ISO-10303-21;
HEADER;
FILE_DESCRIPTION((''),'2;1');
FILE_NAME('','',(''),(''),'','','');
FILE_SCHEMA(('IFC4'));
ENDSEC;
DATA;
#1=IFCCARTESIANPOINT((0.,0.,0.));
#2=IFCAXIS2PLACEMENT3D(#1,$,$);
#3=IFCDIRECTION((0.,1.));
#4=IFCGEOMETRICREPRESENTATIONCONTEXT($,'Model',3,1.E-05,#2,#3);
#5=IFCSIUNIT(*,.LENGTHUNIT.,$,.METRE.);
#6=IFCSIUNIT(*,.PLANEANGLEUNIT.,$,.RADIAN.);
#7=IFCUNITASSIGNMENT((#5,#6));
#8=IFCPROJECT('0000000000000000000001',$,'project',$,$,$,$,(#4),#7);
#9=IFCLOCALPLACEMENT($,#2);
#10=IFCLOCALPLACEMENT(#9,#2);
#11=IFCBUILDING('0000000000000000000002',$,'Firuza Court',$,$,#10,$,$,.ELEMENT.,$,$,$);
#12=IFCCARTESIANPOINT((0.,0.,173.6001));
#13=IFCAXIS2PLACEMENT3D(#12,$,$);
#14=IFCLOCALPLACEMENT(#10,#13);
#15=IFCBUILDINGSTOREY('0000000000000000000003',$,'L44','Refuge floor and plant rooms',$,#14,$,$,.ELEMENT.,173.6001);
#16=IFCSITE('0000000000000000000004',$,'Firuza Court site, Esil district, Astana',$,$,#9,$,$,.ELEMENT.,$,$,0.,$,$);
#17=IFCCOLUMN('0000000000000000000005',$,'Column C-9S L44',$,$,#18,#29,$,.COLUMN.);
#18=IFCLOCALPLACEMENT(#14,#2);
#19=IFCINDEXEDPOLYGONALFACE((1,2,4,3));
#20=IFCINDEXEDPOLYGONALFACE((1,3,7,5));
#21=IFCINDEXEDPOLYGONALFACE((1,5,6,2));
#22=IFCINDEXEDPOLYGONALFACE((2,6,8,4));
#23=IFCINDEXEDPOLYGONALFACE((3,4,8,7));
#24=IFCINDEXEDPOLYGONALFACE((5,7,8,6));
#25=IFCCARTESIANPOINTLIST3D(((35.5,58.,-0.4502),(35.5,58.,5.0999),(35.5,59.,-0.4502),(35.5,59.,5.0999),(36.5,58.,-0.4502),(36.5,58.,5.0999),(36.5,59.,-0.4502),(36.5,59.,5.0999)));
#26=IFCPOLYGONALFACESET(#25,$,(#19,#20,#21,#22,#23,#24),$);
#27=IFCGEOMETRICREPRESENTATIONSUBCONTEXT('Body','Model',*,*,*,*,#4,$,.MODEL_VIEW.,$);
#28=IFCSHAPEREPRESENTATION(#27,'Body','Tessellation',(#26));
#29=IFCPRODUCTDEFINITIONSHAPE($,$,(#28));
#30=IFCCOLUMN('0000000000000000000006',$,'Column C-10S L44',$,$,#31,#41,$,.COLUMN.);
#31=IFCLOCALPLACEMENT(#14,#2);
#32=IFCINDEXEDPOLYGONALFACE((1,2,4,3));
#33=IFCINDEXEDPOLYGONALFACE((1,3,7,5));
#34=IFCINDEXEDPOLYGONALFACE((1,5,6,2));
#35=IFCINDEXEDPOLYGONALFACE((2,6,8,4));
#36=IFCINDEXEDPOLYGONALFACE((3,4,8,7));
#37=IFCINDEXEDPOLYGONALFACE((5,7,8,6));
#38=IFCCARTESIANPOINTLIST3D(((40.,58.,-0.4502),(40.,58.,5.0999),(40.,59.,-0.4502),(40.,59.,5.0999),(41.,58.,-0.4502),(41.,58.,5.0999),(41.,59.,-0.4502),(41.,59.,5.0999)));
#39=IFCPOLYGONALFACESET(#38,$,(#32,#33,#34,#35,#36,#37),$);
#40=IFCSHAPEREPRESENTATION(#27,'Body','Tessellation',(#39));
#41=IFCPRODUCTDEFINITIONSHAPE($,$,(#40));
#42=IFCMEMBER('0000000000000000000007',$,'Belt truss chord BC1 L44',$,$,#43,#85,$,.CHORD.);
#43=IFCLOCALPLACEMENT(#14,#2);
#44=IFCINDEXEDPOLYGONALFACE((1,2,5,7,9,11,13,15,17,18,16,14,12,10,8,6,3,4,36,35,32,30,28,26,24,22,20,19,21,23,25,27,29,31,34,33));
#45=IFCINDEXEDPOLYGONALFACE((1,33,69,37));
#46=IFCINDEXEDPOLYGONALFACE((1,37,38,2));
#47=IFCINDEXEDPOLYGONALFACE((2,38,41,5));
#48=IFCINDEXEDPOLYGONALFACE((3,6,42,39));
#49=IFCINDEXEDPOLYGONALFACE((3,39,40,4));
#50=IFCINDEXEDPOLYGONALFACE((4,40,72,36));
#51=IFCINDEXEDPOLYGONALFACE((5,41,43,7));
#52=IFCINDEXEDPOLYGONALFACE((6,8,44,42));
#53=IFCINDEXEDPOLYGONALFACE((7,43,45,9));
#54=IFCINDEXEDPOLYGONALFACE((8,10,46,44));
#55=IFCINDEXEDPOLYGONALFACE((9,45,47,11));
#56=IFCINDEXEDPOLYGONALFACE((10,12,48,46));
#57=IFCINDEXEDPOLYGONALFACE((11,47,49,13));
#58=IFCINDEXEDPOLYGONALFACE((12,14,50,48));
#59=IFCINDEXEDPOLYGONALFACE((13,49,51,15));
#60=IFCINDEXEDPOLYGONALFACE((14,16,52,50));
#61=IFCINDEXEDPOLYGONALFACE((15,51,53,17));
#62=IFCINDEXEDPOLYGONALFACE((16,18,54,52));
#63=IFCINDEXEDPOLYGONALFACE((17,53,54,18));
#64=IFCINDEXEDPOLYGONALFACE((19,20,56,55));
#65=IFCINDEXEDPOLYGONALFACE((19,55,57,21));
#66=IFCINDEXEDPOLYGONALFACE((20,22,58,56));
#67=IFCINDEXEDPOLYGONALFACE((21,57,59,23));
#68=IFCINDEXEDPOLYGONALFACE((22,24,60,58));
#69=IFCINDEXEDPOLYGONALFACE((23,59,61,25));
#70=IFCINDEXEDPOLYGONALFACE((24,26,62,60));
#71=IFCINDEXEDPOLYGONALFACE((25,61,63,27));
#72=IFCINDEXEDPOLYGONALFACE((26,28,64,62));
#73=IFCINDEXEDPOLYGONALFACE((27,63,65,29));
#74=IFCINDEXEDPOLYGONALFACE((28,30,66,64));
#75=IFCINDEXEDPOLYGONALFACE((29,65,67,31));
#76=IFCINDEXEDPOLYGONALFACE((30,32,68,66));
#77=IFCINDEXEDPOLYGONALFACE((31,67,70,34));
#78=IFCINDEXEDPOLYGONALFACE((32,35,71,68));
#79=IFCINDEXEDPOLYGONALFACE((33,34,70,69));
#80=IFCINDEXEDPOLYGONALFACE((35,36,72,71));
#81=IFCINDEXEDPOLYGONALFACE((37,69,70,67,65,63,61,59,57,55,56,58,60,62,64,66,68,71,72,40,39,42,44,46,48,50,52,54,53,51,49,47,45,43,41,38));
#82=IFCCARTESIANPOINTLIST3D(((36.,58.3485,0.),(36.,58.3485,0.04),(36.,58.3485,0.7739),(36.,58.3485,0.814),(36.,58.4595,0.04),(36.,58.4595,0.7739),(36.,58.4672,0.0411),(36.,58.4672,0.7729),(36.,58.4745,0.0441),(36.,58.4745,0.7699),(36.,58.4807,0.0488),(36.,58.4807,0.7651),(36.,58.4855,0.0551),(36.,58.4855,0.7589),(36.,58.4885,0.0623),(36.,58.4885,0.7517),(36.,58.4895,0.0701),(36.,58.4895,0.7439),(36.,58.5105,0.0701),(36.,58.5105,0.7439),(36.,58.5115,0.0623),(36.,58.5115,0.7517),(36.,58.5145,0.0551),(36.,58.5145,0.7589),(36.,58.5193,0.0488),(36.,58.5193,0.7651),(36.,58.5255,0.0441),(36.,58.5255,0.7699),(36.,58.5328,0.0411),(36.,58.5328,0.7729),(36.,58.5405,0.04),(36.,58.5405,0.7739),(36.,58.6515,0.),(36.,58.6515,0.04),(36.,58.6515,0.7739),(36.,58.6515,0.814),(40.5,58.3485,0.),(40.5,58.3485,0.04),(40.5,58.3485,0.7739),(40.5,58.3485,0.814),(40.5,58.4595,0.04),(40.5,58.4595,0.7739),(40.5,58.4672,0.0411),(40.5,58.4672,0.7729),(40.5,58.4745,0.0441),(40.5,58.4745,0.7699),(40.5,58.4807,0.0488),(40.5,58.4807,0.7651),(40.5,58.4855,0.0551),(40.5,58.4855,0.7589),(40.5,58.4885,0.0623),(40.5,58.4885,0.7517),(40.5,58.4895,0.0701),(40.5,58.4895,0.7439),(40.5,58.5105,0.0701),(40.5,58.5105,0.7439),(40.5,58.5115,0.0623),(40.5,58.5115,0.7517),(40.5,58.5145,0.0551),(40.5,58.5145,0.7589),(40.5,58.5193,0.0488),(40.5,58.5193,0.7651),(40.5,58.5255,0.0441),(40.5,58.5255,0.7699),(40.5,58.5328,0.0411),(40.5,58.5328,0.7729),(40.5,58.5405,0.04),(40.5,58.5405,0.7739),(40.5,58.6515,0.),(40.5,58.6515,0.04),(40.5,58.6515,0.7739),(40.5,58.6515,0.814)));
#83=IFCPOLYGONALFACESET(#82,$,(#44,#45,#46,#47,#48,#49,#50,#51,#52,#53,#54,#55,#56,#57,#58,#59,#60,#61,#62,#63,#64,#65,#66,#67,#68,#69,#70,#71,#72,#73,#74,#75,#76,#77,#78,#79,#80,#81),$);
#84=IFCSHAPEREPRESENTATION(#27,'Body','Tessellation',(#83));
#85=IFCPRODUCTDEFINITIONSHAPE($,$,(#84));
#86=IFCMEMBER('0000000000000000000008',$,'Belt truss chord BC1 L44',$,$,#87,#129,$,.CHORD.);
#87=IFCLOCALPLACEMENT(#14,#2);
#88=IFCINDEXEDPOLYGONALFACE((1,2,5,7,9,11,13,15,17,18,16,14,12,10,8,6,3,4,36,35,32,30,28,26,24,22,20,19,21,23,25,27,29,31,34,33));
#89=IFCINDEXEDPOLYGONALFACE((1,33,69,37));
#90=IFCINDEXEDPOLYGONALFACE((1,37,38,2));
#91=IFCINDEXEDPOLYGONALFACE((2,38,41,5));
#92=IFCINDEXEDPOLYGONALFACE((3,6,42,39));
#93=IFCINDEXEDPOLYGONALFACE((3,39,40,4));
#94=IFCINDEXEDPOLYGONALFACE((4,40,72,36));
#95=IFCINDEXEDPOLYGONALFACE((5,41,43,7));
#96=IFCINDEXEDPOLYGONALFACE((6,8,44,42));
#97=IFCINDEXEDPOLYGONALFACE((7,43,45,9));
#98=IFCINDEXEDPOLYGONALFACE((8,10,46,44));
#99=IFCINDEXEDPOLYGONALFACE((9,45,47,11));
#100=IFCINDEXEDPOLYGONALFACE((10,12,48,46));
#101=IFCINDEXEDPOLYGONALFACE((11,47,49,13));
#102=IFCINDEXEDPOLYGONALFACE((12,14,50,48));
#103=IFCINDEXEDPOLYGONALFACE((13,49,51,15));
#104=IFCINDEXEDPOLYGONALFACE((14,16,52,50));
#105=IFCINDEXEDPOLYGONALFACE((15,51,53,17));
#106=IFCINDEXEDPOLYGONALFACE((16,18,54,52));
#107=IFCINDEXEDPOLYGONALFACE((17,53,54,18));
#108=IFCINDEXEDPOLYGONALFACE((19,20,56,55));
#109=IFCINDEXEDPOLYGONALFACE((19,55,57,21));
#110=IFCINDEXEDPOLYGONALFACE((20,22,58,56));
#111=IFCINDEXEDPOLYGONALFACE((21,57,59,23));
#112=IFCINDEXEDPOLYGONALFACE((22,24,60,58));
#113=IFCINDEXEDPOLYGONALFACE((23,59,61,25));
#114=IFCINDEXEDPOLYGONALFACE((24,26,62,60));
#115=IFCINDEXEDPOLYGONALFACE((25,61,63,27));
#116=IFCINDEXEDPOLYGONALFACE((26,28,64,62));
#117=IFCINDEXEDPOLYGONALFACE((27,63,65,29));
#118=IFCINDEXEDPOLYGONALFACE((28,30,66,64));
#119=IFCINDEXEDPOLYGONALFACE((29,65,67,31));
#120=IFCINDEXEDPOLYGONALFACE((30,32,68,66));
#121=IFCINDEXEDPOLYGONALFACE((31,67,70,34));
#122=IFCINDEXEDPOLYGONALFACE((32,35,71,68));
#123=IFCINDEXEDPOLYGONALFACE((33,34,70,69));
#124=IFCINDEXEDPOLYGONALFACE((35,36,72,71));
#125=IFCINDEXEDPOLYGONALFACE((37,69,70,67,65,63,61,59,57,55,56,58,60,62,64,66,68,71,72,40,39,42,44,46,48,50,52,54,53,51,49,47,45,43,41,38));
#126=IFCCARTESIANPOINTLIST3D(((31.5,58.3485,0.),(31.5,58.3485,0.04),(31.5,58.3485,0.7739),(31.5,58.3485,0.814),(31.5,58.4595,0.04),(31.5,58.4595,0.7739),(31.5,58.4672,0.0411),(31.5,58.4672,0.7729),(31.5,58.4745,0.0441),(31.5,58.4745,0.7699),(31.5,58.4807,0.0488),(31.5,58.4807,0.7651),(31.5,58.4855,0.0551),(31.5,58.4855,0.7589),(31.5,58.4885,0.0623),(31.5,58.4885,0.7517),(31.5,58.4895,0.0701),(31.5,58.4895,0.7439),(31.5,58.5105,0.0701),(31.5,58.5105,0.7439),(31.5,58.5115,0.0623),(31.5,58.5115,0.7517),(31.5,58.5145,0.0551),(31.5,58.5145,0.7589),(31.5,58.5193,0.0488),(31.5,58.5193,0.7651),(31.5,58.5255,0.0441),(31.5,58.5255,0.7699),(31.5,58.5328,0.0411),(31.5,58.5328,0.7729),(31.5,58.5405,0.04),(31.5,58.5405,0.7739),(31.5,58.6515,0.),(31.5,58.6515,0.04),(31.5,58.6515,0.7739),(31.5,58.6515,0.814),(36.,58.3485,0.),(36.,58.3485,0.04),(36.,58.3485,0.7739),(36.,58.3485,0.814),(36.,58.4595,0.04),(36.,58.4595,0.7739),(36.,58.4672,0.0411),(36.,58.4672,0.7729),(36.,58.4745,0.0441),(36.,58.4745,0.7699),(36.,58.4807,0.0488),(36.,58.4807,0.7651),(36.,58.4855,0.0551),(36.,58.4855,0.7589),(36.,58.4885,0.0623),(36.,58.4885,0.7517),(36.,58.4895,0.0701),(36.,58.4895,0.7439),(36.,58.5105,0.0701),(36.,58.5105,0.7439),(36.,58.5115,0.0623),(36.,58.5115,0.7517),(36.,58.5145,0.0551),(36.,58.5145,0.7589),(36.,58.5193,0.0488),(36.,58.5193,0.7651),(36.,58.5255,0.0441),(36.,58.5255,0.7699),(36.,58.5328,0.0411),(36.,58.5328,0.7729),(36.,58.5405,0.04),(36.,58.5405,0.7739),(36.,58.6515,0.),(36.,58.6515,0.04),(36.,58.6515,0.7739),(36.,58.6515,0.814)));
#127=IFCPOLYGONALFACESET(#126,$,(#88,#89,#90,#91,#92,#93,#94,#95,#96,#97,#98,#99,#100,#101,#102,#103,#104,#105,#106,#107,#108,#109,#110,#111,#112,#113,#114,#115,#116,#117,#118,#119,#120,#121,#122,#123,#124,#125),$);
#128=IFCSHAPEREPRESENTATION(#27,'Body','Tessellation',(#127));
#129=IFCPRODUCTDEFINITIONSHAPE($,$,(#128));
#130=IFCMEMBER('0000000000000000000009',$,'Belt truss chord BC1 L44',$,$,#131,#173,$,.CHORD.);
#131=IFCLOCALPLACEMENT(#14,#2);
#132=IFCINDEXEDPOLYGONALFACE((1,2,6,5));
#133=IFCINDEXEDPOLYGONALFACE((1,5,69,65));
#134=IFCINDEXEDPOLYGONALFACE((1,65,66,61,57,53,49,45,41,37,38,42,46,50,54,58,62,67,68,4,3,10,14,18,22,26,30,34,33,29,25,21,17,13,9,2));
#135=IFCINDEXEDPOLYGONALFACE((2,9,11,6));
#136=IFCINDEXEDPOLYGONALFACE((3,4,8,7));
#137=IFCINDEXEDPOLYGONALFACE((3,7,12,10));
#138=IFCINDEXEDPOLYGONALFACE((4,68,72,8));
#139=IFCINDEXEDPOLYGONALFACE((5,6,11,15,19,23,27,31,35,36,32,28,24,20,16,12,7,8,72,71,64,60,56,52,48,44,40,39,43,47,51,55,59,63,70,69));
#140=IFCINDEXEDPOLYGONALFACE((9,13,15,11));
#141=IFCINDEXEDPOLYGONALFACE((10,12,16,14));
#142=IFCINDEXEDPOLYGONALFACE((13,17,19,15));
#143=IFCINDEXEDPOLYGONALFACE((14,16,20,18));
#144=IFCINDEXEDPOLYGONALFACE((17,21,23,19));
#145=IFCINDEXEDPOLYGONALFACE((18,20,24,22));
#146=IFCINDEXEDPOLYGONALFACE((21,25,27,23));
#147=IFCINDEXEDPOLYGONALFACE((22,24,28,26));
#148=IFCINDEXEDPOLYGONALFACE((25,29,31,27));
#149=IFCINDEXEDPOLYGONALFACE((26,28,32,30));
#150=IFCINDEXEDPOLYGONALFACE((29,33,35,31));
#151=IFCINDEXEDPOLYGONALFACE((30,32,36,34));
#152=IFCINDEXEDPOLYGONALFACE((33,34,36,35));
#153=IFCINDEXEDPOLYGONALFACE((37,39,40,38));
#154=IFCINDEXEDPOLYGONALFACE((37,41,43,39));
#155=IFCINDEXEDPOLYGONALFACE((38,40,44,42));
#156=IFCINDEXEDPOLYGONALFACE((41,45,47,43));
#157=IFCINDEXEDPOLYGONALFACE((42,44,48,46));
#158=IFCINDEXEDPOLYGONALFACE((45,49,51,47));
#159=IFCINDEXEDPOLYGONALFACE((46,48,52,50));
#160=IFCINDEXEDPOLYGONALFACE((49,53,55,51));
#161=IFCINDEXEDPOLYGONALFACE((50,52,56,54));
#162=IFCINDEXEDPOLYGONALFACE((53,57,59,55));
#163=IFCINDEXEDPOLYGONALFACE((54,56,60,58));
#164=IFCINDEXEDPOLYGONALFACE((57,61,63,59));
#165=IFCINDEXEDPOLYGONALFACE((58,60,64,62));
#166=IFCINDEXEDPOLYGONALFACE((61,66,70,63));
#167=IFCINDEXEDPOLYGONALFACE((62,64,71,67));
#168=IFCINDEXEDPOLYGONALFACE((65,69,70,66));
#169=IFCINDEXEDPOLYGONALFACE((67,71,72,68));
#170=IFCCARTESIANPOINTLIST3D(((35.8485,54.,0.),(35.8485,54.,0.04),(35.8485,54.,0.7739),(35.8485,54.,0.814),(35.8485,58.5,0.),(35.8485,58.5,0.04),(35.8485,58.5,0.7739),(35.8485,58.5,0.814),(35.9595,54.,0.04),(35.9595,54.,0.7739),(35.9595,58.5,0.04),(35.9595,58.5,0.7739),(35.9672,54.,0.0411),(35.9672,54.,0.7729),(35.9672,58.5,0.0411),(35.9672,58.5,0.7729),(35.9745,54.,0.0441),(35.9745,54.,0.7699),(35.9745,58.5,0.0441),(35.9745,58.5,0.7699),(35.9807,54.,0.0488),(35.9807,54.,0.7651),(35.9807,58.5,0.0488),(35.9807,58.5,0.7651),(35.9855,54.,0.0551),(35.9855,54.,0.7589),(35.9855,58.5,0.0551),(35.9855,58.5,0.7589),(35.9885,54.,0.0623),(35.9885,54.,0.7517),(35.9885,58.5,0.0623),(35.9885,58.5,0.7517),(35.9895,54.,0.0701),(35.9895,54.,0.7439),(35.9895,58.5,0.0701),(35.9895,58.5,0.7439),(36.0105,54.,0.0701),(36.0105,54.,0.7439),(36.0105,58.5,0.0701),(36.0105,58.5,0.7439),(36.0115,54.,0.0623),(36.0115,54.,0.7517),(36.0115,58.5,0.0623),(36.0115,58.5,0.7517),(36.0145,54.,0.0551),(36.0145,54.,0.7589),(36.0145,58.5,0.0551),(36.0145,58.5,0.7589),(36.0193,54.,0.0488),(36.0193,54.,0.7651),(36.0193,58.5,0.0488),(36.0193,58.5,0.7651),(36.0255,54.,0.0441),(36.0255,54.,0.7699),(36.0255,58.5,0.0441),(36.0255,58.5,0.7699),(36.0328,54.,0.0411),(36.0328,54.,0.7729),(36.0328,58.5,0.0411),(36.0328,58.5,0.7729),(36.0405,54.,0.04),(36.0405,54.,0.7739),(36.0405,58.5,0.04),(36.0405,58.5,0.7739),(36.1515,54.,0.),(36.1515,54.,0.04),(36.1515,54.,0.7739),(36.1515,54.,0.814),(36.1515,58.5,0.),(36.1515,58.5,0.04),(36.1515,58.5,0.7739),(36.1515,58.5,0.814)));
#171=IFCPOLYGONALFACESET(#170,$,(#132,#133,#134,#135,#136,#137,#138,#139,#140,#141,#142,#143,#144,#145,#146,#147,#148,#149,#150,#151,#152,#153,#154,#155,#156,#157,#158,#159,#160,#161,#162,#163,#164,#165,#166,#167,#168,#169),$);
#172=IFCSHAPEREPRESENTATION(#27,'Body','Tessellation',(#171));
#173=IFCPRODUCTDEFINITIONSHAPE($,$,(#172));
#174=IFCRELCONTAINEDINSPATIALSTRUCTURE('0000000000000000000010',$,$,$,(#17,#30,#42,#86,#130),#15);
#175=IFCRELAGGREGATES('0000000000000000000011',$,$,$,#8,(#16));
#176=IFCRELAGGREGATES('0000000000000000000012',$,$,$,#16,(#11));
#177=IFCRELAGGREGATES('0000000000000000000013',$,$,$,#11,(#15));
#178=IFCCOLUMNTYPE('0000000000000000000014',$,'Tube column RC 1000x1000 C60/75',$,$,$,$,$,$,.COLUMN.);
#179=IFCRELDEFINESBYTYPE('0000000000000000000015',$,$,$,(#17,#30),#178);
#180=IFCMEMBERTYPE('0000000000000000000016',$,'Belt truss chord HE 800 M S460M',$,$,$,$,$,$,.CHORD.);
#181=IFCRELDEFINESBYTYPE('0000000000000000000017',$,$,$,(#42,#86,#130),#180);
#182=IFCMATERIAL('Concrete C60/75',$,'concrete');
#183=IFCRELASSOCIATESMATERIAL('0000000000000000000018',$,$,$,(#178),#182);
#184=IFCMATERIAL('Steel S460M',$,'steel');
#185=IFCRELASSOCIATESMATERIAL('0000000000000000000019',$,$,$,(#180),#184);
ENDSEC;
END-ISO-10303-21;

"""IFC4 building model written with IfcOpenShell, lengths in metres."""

from ifc_helpers import new_model, si_unit, direction, frame, origin, origin_2d, place, context, subcontext, project, spatial, rectangle, i_section, extrude, material, material_profile, profile_set, type_object, element, save


model = new_model("IFC4")

# Units and contexts
model_context = context("Model", 3, precision=1e-05, world=origin(), true_north=direction((0.0, 1.0)))
body_context = subcontext(model_context, "Body", "Model", "MODEL_VIEW")
ifc_project = project(units=[si_unit("LENGTHUNIT", "METRE"), si_unit("PLANEANGLEUNIT", "RADIAN")], contexts=[model_context])

# Site, building, storey
site_placement = place(None, origin())
site = spatial("IfcSite", under=ifc_project, at=site_placement, Name="Firuza Court site, Esil district, Astana", CompositionType="ELEMENT", RefElevation=0.0)
building_placement = place(site_placement, origin())
building = spatial("IfcBuilding", under=site, at=building_placement, Name="Firuza Court", CompositionType="ELEMENT")
storey_placement = place(building_placement, frame((0.0, 0.0, 173.6001)))
storey = spatial("IfcBuildingStorey", under=building, at=storey_placement, Name="L44", Description="Refuge floor and plant rooms", CompositionType="ELEMENT", Elevation=173.6001)

# Columns
ifc_material_1 = material(Name="Concrete C60/75", Category="concrete")
ifc_material_profile_1 = material_profile(ifc_material_1, rectangle(XDim=1.0, YDim=1.0, at=origin_2d()), Name="RC 1000x1000")
ifc_profile_set_1 = profile_set([ifc_material_profile_1], Name="Concrete C60/75")
column_type = type_object("IfcColumnType", Name="Tube column RC 1000x1000 C60/75", PredefinedType="COLUMN", material=ifc_profile_set_1)
for number, where, z_axis, x_axis, name in (
    (1, (36.0, 58.5, -0.4502), (0.0, 0.0, 1.0), (1.0, 0.0, 0.0), "Column C-9S L44"),
    (2, (40.5, 58.5, -0.4502), (0.0, 0.0, 1.0), (1.0, 0.0, 0.0), "Column C-10S L44"),
):
    element("IfcColumn", number, at=place(storey_placement, frame(where, z_axis=z_axis, x_axis=x_axis)), inside=storey, type_object=column_type, Name=name, PredefinedType="COLUMN", context=body_context, shape_type="SweptSolid", body=[
        extrude(rectangle(XDim=1.0, YDim=1.0, at=origin_2d()), origin(), (0.0, 0.0, 1.0), 5.55),
    ])

# Members
ifc_material_2 = material(Name="Steel S460M", Category="steel")
ifc_material_profile_2 = material_profile(ifc_material_2, i_section(OverallWidth=0.303, OverallDepth=0.814, WebThickness=0.021, FlangeThickness=0.04, FilletRadius=0.03, at=origin_2d()), Name="HE 800 M")
ifc_profile_set_2 = profile_set([ifc_material_profile_2], Name="Steel S460M")
member_type_1 = type_object("IfcMemberType", Name="Belt truss chord HE 800 M S460M", PredefinedType="CHORD", material=ifc_profile_set_2)
for number, where, z_axis, x_axis, name in (
    (3, (40.5, 58.5, 0.407), (-1.0, 0.0, 0.0), (0.0, -1.0, 0.0), "Belt truss chord BC1 L44"),
    (4, (36.0, 58.5, 0.407), (-1.0, 0.0, 0.0), (0.0, -1.0, 0.0), "Belt truss chord BC1 L44"),
    (5, (36.0, 54.0, 0.407), (0.0, 1.0, 0.0), (-1.0, 0.0, 0.0), "Belt truss chord BC1 L44"),
):
    element("IfcMember", number, at=place(storey_placement, frame(where, z_axis=z_axis, x_axis=x_axis)), inside=storey, type_object=member_type_1, Name=name, PredefinedType="CHORD", context=body_context, shape_type="SweptSolid", body=[
        extrude(i_section(OverallWidth=0.303, OverallDepth=0.814, WebThickness=0.021, FlangeThickness=0.04, FilletRadius=0.03, at=origin_2d()), origin(), (0.0, 0.0, 1.0), 4.5),
    ])

save(model, "model.ifc")
